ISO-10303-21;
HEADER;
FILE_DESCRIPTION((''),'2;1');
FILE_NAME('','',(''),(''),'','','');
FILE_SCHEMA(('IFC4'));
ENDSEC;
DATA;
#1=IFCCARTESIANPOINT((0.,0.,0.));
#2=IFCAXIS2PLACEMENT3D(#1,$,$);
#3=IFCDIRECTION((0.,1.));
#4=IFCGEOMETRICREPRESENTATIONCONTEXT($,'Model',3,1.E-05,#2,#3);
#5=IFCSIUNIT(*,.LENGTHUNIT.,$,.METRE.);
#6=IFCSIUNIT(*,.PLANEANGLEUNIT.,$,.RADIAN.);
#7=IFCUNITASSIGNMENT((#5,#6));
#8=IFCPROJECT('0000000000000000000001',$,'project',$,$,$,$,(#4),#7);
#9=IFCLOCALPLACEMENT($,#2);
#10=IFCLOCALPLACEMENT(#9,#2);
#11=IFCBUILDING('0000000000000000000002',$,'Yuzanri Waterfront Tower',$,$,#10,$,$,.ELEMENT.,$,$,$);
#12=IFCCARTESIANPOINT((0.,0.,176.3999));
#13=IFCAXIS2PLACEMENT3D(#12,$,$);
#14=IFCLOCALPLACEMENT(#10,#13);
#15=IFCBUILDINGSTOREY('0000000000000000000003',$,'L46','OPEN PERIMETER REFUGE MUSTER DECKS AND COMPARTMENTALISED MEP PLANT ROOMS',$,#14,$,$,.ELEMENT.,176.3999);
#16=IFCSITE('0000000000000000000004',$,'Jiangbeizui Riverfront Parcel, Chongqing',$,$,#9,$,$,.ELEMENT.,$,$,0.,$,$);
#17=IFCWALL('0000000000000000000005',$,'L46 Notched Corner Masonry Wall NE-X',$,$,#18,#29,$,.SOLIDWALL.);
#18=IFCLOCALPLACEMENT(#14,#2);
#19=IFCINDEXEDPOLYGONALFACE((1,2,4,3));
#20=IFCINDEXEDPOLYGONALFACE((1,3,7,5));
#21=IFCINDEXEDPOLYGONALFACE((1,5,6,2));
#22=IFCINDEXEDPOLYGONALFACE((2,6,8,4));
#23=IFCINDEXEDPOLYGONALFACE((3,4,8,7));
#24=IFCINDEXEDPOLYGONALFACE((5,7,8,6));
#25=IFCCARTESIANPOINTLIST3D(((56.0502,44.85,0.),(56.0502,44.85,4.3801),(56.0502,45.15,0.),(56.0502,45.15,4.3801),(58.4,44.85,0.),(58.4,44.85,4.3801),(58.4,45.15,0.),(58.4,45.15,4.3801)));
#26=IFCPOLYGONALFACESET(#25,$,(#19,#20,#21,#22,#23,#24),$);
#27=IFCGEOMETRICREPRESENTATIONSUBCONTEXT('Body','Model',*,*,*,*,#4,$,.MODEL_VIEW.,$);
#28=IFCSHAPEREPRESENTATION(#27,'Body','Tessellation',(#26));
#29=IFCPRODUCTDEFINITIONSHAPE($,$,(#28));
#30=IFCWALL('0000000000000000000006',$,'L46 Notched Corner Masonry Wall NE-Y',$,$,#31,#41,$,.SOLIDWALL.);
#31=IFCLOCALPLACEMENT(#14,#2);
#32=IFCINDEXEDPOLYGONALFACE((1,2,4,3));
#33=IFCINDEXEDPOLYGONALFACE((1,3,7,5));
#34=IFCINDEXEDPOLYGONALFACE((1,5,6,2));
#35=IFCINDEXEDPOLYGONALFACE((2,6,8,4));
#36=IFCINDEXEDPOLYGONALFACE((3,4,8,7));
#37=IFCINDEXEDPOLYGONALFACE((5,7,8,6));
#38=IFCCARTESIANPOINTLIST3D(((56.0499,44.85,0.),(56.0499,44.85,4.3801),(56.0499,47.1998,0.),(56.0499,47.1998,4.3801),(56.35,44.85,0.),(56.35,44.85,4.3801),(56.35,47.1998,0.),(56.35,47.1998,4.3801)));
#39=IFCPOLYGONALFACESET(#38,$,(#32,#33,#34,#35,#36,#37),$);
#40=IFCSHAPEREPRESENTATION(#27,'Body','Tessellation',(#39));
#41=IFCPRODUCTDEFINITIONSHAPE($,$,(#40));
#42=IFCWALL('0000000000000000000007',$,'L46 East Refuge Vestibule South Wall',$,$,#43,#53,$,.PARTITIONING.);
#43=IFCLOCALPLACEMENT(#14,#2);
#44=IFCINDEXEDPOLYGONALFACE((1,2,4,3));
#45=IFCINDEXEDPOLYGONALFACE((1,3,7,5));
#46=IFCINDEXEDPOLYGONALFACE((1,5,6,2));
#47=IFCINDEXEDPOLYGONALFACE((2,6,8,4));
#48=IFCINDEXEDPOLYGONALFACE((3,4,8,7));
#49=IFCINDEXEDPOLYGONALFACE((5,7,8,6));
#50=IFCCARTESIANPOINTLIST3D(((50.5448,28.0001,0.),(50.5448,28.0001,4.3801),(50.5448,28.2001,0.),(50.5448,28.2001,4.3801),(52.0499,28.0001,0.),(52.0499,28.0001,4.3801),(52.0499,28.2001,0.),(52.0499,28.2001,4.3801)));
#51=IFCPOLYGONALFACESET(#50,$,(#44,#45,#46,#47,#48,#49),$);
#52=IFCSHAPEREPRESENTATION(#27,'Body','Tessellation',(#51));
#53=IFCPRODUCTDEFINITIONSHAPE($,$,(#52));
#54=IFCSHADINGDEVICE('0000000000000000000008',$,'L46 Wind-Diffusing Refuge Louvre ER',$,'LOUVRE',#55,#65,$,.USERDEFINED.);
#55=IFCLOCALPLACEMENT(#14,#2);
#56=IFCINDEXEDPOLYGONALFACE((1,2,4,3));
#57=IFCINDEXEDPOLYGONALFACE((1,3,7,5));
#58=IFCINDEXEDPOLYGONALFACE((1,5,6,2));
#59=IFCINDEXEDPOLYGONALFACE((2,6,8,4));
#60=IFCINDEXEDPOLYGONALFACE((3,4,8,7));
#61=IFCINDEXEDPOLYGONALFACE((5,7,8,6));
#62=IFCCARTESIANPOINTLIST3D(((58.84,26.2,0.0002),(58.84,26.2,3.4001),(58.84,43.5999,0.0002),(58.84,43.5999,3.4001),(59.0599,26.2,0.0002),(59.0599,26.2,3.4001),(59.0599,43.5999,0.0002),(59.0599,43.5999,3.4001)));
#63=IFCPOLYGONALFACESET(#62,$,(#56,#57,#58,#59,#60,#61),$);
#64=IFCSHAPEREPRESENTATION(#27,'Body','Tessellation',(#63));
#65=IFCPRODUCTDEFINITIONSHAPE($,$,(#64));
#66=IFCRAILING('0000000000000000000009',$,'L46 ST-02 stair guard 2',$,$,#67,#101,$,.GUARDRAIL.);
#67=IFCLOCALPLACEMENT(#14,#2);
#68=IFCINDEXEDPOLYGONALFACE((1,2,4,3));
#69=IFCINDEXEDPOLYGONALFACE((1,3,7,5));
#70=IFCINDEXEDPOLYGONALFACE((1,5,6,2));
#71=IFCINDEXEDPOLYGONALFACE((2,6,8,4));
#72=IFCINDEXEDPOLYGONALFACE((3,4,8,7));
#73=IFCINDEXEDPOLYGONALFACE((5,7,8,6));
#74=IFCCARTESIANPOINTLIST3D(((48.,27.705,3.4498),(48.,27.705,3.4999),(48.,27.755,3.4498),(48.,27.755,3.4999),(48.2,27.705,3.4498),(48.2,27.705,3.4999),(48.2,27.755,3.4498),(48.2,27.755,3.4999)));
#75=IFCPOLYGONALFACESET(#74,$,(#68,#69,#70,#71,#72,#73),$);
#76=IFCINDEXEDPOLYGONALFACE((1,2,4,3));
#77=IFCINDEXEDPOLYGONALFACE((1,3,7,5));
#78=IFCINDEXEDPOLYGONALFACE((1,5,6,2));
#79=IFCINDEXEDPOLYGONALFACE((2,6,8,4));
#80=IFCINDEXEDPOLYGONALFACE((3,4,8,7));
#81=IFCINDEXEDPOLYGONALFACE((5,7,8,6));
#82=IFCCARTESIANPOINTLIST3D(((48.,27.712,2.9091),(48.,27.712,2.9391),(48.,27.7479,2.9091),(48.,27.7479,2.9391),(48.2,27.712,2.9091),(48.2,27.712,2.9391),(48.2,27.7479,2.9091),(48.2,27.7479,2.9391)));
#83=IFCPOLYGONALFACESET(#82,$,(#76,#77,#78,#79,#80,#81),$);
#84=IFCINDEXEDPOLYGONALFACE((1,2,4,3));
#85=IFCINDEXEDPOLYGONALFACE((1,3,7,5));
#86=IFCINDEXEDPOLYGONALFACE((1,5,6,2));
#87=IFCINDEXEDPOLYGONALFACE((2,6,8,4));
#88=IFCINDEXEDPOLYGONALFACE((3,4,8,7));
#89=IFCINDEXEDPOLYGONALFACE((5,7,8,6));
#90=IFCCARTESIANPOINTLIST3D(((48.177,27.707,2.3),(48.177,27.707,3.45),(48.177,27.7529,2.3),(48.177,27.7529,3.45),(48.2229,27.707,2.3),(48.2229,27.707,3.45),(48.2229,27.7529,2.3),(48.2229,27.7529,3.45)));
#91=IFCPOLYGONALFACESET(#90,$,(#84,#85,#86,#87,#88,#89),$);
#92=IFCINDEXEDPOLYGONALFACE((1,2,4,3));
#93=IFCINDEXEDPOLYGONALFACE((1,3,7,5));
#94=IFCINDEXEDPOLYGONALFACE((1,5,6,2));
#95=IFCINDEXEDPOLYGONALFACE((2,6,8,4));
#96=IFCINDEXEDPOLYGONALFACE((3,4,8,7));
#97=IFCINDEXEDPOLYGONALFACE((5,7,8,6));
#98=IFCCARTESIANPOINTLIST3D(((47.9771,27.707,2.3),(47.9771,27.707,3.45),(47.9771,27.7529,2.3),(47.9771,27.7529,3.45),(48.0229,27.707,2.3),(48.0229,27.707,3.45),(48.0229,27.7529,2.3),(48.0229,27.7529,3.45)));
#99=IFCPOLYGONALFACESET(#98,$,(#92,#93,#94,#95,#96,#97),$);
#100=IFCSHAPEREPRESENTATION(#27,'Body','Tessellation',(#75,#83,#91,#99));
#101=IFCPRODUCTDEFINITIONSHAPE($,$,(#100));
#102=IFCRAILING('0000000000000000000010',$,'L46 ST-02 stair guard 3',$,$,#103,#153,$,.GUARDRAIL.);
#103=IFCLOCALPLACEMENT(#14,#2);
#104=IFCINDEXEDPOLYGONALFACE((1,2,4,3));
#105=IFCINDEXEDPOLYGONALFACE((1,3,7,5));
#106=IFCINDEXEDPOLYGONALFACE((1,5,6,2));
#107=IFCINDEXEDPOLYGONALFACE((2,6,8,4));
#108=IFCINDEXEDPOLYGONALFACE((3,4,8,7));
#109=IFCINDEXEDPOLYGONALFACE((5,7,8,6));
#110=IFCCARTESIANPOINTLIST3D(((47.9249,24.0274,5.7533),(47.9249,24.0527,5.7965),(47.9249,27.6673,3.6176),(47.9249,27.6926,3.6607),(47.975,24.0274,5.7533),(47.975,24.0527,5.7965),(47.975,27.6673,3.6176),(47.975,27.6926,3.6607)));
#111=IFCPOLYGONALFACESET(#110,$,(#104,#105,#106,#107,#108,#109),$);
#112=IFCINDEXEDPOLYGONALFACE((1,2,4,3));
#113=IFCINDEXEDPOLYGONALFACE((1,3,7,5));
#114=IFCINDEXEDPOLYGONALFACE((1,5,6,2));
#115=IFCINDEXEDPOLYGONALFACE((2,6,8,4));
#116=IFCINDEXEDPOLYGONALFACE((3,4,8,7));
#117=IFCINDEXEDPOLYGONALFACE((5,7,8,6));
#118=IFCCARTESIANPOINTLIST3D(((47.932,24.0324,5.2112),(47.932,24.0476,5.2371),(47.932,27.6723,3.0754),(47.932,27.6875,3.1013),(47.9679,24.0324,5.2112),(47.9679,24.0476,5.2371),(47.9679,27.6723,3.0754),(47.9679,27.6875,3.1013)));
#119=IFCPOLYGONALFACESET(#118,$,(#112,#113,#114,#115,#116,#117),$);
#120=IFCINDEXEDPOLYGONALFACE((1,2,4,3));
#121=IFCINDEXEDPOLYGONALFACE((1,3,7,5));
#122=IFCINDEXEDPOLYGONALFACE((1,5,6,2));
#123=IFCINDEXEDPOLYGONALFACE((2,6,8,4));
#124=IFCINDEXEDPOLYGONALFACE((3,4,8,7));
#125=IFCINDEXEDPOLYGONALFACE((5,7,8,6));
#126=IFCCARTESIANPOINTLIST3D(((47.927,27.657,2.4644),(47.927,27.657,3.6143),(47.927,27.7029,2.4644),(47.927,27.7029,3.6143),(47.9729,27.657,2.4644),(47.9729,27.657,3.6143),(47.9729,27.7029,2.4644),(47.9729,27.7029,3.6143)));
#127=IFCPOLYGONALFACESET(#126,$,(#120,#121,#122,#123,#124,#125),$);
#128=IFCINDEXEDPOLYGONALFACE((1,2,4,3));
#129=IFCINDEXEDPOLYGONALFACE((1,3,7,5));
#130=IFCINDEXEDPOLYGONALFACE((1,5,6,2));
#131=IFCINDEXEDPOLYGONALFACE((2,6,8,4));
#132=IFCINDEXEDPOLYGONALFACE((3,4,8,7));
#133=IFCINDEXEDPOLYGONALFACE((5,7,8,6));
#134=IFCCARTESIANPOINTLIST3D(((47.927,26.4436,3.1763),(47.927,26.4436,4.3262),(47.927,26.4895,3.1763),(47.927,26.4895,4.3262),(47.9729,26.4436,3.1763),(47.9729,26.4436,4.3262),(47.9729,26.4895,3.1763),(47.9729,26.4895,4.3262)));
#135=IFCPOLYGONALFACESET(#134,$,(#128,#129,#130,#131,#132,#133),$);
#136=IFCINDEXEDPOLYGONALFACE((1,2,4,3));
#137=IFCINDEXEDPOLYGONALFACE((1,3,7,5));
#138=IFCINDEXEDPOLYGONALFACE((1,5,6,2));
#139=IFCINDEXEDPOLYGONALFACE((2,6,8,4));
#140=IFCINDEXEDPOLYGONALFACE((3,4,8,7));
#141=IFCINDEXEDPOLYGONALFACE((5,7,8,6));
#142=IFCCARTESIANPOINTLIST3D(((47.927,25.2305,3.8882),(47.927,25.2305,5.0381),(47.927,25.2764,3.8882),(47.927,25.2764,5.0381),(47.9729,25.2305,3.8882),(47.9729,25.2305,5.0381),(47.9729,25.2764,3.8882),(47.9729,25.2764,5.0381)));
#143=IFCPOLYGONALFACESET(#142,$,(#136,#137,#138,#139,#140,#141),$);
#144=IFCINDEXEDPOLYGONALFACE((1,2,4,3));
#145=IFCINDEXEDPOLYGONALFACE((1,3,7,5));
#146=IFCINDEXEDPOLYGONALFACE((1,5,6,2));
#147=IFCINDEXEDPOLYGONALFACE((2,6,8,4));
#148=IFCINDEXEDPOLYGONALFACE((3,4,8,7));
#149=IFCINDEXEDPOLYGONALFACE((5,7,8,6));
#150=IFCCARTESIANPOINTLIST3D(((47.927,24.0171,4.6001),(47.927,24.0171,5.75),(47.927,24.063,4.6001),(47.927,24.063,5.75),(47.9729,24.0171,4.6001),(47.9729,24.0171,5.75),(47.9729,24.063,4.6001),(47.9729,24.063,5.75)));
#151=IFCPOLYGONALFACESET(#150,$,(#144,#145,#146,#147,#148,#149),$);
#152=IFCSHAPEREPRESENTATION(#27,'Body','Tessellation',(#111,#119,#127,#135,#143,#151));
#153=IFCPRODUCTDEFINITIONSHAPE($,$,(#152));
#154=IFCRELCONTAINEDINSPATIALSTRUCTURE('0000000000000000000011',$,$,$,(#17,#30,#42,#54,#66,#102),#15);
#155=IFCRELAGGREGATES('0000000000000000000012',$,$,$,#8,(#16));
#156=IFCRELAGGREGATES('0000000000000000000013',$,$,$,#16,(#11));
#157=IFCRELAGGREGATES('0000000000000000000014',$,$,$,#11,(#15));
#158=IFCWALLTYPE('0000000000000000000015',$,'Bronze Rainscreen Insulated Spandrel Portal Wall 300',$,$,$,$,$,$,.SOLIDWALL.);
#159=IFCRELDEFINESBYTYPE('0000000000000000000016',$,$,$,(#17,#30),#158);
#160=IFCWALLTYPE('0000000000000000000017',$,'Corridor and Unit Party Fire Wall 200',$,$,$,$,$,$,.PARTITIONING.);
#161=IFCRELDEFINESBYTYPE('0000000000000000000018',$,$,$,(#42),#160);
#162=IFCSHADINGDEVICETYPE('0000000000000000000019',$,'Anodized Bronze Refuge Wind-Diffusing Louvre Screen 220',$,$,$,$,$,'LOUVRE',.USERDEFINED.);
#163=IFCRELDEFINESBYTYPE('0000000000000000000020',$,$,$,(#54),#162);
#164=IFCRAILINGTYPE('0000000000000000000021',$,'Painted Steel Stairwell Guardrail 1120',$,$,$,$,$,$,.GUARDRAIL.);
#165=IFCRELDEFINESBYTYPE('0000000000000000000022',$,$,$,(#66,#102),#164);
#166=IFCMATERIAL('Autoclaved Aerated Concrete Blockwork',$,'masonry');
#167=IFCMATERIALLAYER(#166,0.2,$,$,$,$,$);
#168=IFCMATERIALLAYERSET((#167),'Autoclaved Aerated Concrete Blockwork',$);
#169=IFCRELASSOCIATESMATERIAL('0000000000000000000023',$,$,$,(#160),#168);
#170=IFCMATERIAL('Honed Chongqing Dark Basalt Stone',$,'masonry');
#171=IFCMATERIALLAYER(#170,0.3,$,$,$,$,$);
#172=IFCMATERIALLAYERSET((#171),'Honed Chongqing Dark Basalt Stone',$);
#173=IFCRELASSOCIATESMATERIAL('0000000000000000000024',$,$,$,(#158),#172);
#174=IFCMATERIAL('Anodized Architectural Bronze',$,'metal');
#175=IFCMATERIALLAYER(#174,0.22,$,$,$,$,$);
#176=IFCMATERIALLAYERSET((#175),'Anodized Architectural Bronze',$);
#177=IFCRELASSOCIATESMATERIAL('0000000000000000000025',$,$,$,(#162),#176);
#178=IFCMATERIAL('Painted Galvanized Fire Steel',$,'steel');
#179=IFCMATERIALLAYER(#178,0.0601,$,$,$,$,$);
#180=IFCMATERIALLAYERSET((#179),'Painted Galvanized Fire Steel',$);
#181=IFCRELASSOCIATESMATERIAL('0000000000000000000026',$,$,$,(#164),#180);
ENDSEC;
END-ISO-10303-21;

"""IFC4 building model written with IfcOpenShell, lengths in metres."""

from ifc_helpers import new_model, si_unit, direction, frame, frame_2d, origin, origin_2d, place, context, subcontext, project, spatial, rectangle, extrude, source, transform, mapped, material, layer, layer_set, type_object, element, save


model = new_model("IFC4")

# Units and contexts
model_context = context("Model", 3, precision=1e-05, world=origin(), true_north=direction((0.0, 1.0)))
body_context = subcontext(model_context, "Body", "Model", "MODEL_VIEW")
ifc_project = project(units=[si_unit("LENGTHUNIT", "METRE"), si_unit("PLANEANGLEUNIT", "RADIAN")], contexts=[model_context])

# Site, building, storey
site_placement = place(None, origin())
site = spatial("IfcSite", under=ifc_project, at=site_placement, Name="Jiangbeizui Riverfront Parcel, Chongqing", CompositionType="ELEMENT", RefElevation=0.0)
building_placement = place(site_placement, origin())
building = spatial("IfcBuilding", under=site, at=building_placement, Name="Yuzanri Waterfront Tower", CompositionType="ELEMENT")
storey_placement = place(building_placement, frame((0.0, 0.0, 176.3999)))
storey = spatial("IfcBuildingStorey", under=building, at=storey_placement, Name="L46", Description="OPEN PERIMETER REFUGE MUSTER DECKS AND COMPARTMENTALISED MEP PLANT ROOMS", CompositionType="ELEMENT", Elevation=176.3999)

# Shared definitions
ifc_material_1 = material(Name="Autoclaved Aerated Concrete Blockwork", Category="masonry")
ifc_layer_1 = layer(ifc_material_1, 0.2)
ifc_layer_set_1 = layer_set([ifc_layer_1], Name="Autoclaved Aerated Concrete Blockwork")
wall_type_1 = type_object("IfcWallType", Name="Corridor and Unit Party Fire Wall 200", PredefinedType="PARTITIONING", material=ifc_layer_set_1)

# Walls
ifc_material_2 = material(Name="Honed Chongqing Dark Basalt Stone", Category="masonry")
ifc_layer_2 = layer(ifc_material_2, 0.3)
ifc_layer_set_2 = layer_set([ifc_layer_2], Name="Honed Chongqing Dark Basalt Stone")
wall_type_2 = type_object("IfcWallType", Name="Bronze Rainscreen Insulated Spandrel Portal Wall 300", PredefinedType="SOLIDWALL", material=ifc_layer_set_2)
shared_shape_1 = source(origin(), body_context, "Body", "SweptSolid", [
    extrude(rectangle(XDim=2.3499, YDim=0.3, at=frame_2d((1.1748, 0.0))), origin(), (0.0, 0.0, 1.0), 4.3801),
])
for number, where, z_axis, x_axis, name in (
    (1, (58.3999, 45.0, 0.0), (0.0, 0.0, 1.0), (-1.0, 0.0, 0.0), "L46 Notched Corner Masonry Wall NE-X"),
    (2, (56.2, 44.8501, 0.0), (0.0, 0.0, 1.0), (0.0, 1.0, 0.0), "L46 Notched Corner Masonry Wall NE-Y"),
):
    element("IfcWall", number, at=place(storey_placement, frame(where, z_axis=z_axis, x_axis=x_axis)), inside=storey, type_object=wall_type_2, Name=name, PredefinedType="SOLIDWALL", context=body_context, shape_type="MappedRepresentation", body=[
        mapped(shared_shape_1, transform((0.0, 0.0, 0.0), scale=1.0)),
    ])
shared_shape_2 = source(origin(), body_context, "Body", "SweptSolid", [
    extrude(rectangle(XDim=1.5051, YDim=0.2, at=frame_2d((0.7524, 0.0))), origin(), (0.0, 0.0, 1.0), 4.3801),
])
wall_1_placement = place(storey_placement, frame((50.5449, 28.1001, 0.0), z_axis=(0.0, 0.0, 1.0), x_axis=(1.0, 0.0, 0.0)))
element("IfcWall", 3, at=wall_1_placement, inside=storey, type_object=wall_type_1, Name="L46 East Refuge Vestibule South Wall", PredefinedType="PARTITIONING", context=body_context, shape_type="MappedRepresentation", body=[
    mapped(shared_shape_2, transform((0.0, 0.0, 0.0), scale=1.0)),
])

# Shading device
ifc_material_3 = material(Name="Anodized Architectural Bronze", Category="metal")
ifc_layer_3 = layer(ifc_material_3, 0.22)
ifc_layer_set_3 = layer_set([ifc_layer_3], Name="Anodized Architectural Bronze")
shading_device_type = type_object("IfcShadingDeviceType", Name="Anodized Bronze Refuge Wind-Diffusing Louvre Screen 220", ElementType="LOUVRE", PredefinedType="USERDEFINED", material=ifc_layer_set_3)
shared_shape_3 = source(origin(), body_context, "Body", "SweptSolid", [
    extrude(rectangle(XDim=0.22, YDim=17.3999, at=origin_2d()), origin(), (0.0, 0.0, 1.0), 3.3999),
])
shading_device_placement = place(storey_placement, frame((58.95, 34.8999, 0.0002), z_axis=(0.0, 0.0, 1.0), x_axis=(1.0, 0.0, 0.0)))
element("IfcShadingDevice", 4, at=shading_device_placement, inside=storey, type_object=shading_device_type, Name="L46 Wind-Diffusing Refuge Louvre ER", ObjectType="LOUVRE", PredefinedType="USERDEFINED", context=body_context, shape_type="MappedRepresentation", body=[
    mapped(shared_shape_3, transform((0.0, 0.0, 0.0), scale=1.0)),
])

# Railings
ifc_material_4 = material(Name="Painted Galvanized Fire Steel", Category="steel")
ifc_layer_4 = layer(ifc_material_4, 0.0601)
ifc_layer_set_4 = layer_set([ifc_layer_4], Name="Painted Galvanized Fire Steel")
railing_type = type_object("IfcRailingType", Name="Painted Steel Stairwell Guardrail 1120", PredefinedType="GUARDRAIL", material=ifc_layer_set_4)
shared_shape_4 = source(origin(), body_context, "Body", "SweptSolid", [
    extrude(rectangle(XDim=0.05, YDim=0.05, at=origin_2d()), frame((0.0, 0.0, 1.1748), z_axis=(-1.0, 0.0, 0.0), x_axis=(0.0, -1.0, 0.0)), (0.0, 0.0, 1.0), 0.2),
    extrude(rectangle(XDim=0.0359, YDim=0.03, at=origin_2d()), frame((0.0, 0.0, 0.624), z_axis=(-1.0, 0.0, 0.0), x_axis=(0.0, -1.0, 0.0)), (0.0, 0.0, 1.0), 0.2),
    extrude(rectangle(XDim=0.0459, YDim=0.0459, at=origin_2d()), origin(), (0.0, 0.0, 1.0), 1.1499),
    extrude(rectangle(XDim=0.0459, YDim=0.0459, at=origin_2d()), frame((-0.2, 0.0, 0.0)), (0.0, 0.0, 1.0), 1.1499),
])
railing_1_placement = place(storey_placement, frame((48.2, 27.73, 2.3)))
element("IfcRailing", 5, at=railing_1_placement, inside=storey, type_object=railing_type, Name="L46 ST-02 stair guard 2", PredefinedType="GUARDRAIL", context=body_context, shape_type="MappedRepresentation", body=[
    mapped(shared_shape_4, transform((0.0, 0.0, 0.0), scale=1.0)),
])
shared_shape_5 = source(origin(), body_context, "Body", "SweptSolid", [
    extrude(rectangle(XDim=0.05, YDim=0.05, at=origin_2d()), frame((0.0, 0.0, 1.1748), z_axis=(0.0, -0.86249, 0.506074), x_axis=(1.0, 0.0, 0.0)), (0.0, 0.0, 1.0), 4.2202),
    extrude(rectangle(XDim=0.0359, YDim=0.03, at=origin_2d()), frame((0.0, 0.0, 0.624), z_axis=(0.0, -0.86249, 0.506074), x_axis=(1.0, 0.0, 0.0)), (0.0, 0.0, 1.0), 4.2202),
    extrude(rectangle(XDim=0.0459, YDim=0.0459, at=origin_2d()), origin(), (0.0, 0.0, 1.0), 1.1499),
    extrude(rectangle(XDim=0.0459, YDim=0.0459, at=origin_2d()), frame((0.0, -1.2134, 0.7119)), (0.0, 0.0, 1.0), 1.1499),
    extrude(rectangle(XDim=0.0459, YDim=0.0459, at=origin_2d()), frame((0.0, -2.4265, 1.4238)), (0.0, 0.0, 1.0), 1.1499),
    extrude(rectangle(XDim=0.0459, YDim=0.0459, at=origin_2d()), frame((0.0, -3.6399, 2.1357)), (0.0, 0.0, 1.0), 1.1499),
])
railing_2_placement = place(storey_placement, frame((47.95, 27.6799, 2.4644)))
element("IfcRailing", 6, at=railing_2_placement, inside=storey, type_object=railing_type, Name="L46 ST-02 stair guard 3", PredefinedType="GUARDRAIL", context=body_context, shape_type="MappedRepresentation", body=[
    mapped(shared_shape_5, transform((0.0, 0.0, 0.0), scale=1.0)),
])

save(model, "model.ifc")
